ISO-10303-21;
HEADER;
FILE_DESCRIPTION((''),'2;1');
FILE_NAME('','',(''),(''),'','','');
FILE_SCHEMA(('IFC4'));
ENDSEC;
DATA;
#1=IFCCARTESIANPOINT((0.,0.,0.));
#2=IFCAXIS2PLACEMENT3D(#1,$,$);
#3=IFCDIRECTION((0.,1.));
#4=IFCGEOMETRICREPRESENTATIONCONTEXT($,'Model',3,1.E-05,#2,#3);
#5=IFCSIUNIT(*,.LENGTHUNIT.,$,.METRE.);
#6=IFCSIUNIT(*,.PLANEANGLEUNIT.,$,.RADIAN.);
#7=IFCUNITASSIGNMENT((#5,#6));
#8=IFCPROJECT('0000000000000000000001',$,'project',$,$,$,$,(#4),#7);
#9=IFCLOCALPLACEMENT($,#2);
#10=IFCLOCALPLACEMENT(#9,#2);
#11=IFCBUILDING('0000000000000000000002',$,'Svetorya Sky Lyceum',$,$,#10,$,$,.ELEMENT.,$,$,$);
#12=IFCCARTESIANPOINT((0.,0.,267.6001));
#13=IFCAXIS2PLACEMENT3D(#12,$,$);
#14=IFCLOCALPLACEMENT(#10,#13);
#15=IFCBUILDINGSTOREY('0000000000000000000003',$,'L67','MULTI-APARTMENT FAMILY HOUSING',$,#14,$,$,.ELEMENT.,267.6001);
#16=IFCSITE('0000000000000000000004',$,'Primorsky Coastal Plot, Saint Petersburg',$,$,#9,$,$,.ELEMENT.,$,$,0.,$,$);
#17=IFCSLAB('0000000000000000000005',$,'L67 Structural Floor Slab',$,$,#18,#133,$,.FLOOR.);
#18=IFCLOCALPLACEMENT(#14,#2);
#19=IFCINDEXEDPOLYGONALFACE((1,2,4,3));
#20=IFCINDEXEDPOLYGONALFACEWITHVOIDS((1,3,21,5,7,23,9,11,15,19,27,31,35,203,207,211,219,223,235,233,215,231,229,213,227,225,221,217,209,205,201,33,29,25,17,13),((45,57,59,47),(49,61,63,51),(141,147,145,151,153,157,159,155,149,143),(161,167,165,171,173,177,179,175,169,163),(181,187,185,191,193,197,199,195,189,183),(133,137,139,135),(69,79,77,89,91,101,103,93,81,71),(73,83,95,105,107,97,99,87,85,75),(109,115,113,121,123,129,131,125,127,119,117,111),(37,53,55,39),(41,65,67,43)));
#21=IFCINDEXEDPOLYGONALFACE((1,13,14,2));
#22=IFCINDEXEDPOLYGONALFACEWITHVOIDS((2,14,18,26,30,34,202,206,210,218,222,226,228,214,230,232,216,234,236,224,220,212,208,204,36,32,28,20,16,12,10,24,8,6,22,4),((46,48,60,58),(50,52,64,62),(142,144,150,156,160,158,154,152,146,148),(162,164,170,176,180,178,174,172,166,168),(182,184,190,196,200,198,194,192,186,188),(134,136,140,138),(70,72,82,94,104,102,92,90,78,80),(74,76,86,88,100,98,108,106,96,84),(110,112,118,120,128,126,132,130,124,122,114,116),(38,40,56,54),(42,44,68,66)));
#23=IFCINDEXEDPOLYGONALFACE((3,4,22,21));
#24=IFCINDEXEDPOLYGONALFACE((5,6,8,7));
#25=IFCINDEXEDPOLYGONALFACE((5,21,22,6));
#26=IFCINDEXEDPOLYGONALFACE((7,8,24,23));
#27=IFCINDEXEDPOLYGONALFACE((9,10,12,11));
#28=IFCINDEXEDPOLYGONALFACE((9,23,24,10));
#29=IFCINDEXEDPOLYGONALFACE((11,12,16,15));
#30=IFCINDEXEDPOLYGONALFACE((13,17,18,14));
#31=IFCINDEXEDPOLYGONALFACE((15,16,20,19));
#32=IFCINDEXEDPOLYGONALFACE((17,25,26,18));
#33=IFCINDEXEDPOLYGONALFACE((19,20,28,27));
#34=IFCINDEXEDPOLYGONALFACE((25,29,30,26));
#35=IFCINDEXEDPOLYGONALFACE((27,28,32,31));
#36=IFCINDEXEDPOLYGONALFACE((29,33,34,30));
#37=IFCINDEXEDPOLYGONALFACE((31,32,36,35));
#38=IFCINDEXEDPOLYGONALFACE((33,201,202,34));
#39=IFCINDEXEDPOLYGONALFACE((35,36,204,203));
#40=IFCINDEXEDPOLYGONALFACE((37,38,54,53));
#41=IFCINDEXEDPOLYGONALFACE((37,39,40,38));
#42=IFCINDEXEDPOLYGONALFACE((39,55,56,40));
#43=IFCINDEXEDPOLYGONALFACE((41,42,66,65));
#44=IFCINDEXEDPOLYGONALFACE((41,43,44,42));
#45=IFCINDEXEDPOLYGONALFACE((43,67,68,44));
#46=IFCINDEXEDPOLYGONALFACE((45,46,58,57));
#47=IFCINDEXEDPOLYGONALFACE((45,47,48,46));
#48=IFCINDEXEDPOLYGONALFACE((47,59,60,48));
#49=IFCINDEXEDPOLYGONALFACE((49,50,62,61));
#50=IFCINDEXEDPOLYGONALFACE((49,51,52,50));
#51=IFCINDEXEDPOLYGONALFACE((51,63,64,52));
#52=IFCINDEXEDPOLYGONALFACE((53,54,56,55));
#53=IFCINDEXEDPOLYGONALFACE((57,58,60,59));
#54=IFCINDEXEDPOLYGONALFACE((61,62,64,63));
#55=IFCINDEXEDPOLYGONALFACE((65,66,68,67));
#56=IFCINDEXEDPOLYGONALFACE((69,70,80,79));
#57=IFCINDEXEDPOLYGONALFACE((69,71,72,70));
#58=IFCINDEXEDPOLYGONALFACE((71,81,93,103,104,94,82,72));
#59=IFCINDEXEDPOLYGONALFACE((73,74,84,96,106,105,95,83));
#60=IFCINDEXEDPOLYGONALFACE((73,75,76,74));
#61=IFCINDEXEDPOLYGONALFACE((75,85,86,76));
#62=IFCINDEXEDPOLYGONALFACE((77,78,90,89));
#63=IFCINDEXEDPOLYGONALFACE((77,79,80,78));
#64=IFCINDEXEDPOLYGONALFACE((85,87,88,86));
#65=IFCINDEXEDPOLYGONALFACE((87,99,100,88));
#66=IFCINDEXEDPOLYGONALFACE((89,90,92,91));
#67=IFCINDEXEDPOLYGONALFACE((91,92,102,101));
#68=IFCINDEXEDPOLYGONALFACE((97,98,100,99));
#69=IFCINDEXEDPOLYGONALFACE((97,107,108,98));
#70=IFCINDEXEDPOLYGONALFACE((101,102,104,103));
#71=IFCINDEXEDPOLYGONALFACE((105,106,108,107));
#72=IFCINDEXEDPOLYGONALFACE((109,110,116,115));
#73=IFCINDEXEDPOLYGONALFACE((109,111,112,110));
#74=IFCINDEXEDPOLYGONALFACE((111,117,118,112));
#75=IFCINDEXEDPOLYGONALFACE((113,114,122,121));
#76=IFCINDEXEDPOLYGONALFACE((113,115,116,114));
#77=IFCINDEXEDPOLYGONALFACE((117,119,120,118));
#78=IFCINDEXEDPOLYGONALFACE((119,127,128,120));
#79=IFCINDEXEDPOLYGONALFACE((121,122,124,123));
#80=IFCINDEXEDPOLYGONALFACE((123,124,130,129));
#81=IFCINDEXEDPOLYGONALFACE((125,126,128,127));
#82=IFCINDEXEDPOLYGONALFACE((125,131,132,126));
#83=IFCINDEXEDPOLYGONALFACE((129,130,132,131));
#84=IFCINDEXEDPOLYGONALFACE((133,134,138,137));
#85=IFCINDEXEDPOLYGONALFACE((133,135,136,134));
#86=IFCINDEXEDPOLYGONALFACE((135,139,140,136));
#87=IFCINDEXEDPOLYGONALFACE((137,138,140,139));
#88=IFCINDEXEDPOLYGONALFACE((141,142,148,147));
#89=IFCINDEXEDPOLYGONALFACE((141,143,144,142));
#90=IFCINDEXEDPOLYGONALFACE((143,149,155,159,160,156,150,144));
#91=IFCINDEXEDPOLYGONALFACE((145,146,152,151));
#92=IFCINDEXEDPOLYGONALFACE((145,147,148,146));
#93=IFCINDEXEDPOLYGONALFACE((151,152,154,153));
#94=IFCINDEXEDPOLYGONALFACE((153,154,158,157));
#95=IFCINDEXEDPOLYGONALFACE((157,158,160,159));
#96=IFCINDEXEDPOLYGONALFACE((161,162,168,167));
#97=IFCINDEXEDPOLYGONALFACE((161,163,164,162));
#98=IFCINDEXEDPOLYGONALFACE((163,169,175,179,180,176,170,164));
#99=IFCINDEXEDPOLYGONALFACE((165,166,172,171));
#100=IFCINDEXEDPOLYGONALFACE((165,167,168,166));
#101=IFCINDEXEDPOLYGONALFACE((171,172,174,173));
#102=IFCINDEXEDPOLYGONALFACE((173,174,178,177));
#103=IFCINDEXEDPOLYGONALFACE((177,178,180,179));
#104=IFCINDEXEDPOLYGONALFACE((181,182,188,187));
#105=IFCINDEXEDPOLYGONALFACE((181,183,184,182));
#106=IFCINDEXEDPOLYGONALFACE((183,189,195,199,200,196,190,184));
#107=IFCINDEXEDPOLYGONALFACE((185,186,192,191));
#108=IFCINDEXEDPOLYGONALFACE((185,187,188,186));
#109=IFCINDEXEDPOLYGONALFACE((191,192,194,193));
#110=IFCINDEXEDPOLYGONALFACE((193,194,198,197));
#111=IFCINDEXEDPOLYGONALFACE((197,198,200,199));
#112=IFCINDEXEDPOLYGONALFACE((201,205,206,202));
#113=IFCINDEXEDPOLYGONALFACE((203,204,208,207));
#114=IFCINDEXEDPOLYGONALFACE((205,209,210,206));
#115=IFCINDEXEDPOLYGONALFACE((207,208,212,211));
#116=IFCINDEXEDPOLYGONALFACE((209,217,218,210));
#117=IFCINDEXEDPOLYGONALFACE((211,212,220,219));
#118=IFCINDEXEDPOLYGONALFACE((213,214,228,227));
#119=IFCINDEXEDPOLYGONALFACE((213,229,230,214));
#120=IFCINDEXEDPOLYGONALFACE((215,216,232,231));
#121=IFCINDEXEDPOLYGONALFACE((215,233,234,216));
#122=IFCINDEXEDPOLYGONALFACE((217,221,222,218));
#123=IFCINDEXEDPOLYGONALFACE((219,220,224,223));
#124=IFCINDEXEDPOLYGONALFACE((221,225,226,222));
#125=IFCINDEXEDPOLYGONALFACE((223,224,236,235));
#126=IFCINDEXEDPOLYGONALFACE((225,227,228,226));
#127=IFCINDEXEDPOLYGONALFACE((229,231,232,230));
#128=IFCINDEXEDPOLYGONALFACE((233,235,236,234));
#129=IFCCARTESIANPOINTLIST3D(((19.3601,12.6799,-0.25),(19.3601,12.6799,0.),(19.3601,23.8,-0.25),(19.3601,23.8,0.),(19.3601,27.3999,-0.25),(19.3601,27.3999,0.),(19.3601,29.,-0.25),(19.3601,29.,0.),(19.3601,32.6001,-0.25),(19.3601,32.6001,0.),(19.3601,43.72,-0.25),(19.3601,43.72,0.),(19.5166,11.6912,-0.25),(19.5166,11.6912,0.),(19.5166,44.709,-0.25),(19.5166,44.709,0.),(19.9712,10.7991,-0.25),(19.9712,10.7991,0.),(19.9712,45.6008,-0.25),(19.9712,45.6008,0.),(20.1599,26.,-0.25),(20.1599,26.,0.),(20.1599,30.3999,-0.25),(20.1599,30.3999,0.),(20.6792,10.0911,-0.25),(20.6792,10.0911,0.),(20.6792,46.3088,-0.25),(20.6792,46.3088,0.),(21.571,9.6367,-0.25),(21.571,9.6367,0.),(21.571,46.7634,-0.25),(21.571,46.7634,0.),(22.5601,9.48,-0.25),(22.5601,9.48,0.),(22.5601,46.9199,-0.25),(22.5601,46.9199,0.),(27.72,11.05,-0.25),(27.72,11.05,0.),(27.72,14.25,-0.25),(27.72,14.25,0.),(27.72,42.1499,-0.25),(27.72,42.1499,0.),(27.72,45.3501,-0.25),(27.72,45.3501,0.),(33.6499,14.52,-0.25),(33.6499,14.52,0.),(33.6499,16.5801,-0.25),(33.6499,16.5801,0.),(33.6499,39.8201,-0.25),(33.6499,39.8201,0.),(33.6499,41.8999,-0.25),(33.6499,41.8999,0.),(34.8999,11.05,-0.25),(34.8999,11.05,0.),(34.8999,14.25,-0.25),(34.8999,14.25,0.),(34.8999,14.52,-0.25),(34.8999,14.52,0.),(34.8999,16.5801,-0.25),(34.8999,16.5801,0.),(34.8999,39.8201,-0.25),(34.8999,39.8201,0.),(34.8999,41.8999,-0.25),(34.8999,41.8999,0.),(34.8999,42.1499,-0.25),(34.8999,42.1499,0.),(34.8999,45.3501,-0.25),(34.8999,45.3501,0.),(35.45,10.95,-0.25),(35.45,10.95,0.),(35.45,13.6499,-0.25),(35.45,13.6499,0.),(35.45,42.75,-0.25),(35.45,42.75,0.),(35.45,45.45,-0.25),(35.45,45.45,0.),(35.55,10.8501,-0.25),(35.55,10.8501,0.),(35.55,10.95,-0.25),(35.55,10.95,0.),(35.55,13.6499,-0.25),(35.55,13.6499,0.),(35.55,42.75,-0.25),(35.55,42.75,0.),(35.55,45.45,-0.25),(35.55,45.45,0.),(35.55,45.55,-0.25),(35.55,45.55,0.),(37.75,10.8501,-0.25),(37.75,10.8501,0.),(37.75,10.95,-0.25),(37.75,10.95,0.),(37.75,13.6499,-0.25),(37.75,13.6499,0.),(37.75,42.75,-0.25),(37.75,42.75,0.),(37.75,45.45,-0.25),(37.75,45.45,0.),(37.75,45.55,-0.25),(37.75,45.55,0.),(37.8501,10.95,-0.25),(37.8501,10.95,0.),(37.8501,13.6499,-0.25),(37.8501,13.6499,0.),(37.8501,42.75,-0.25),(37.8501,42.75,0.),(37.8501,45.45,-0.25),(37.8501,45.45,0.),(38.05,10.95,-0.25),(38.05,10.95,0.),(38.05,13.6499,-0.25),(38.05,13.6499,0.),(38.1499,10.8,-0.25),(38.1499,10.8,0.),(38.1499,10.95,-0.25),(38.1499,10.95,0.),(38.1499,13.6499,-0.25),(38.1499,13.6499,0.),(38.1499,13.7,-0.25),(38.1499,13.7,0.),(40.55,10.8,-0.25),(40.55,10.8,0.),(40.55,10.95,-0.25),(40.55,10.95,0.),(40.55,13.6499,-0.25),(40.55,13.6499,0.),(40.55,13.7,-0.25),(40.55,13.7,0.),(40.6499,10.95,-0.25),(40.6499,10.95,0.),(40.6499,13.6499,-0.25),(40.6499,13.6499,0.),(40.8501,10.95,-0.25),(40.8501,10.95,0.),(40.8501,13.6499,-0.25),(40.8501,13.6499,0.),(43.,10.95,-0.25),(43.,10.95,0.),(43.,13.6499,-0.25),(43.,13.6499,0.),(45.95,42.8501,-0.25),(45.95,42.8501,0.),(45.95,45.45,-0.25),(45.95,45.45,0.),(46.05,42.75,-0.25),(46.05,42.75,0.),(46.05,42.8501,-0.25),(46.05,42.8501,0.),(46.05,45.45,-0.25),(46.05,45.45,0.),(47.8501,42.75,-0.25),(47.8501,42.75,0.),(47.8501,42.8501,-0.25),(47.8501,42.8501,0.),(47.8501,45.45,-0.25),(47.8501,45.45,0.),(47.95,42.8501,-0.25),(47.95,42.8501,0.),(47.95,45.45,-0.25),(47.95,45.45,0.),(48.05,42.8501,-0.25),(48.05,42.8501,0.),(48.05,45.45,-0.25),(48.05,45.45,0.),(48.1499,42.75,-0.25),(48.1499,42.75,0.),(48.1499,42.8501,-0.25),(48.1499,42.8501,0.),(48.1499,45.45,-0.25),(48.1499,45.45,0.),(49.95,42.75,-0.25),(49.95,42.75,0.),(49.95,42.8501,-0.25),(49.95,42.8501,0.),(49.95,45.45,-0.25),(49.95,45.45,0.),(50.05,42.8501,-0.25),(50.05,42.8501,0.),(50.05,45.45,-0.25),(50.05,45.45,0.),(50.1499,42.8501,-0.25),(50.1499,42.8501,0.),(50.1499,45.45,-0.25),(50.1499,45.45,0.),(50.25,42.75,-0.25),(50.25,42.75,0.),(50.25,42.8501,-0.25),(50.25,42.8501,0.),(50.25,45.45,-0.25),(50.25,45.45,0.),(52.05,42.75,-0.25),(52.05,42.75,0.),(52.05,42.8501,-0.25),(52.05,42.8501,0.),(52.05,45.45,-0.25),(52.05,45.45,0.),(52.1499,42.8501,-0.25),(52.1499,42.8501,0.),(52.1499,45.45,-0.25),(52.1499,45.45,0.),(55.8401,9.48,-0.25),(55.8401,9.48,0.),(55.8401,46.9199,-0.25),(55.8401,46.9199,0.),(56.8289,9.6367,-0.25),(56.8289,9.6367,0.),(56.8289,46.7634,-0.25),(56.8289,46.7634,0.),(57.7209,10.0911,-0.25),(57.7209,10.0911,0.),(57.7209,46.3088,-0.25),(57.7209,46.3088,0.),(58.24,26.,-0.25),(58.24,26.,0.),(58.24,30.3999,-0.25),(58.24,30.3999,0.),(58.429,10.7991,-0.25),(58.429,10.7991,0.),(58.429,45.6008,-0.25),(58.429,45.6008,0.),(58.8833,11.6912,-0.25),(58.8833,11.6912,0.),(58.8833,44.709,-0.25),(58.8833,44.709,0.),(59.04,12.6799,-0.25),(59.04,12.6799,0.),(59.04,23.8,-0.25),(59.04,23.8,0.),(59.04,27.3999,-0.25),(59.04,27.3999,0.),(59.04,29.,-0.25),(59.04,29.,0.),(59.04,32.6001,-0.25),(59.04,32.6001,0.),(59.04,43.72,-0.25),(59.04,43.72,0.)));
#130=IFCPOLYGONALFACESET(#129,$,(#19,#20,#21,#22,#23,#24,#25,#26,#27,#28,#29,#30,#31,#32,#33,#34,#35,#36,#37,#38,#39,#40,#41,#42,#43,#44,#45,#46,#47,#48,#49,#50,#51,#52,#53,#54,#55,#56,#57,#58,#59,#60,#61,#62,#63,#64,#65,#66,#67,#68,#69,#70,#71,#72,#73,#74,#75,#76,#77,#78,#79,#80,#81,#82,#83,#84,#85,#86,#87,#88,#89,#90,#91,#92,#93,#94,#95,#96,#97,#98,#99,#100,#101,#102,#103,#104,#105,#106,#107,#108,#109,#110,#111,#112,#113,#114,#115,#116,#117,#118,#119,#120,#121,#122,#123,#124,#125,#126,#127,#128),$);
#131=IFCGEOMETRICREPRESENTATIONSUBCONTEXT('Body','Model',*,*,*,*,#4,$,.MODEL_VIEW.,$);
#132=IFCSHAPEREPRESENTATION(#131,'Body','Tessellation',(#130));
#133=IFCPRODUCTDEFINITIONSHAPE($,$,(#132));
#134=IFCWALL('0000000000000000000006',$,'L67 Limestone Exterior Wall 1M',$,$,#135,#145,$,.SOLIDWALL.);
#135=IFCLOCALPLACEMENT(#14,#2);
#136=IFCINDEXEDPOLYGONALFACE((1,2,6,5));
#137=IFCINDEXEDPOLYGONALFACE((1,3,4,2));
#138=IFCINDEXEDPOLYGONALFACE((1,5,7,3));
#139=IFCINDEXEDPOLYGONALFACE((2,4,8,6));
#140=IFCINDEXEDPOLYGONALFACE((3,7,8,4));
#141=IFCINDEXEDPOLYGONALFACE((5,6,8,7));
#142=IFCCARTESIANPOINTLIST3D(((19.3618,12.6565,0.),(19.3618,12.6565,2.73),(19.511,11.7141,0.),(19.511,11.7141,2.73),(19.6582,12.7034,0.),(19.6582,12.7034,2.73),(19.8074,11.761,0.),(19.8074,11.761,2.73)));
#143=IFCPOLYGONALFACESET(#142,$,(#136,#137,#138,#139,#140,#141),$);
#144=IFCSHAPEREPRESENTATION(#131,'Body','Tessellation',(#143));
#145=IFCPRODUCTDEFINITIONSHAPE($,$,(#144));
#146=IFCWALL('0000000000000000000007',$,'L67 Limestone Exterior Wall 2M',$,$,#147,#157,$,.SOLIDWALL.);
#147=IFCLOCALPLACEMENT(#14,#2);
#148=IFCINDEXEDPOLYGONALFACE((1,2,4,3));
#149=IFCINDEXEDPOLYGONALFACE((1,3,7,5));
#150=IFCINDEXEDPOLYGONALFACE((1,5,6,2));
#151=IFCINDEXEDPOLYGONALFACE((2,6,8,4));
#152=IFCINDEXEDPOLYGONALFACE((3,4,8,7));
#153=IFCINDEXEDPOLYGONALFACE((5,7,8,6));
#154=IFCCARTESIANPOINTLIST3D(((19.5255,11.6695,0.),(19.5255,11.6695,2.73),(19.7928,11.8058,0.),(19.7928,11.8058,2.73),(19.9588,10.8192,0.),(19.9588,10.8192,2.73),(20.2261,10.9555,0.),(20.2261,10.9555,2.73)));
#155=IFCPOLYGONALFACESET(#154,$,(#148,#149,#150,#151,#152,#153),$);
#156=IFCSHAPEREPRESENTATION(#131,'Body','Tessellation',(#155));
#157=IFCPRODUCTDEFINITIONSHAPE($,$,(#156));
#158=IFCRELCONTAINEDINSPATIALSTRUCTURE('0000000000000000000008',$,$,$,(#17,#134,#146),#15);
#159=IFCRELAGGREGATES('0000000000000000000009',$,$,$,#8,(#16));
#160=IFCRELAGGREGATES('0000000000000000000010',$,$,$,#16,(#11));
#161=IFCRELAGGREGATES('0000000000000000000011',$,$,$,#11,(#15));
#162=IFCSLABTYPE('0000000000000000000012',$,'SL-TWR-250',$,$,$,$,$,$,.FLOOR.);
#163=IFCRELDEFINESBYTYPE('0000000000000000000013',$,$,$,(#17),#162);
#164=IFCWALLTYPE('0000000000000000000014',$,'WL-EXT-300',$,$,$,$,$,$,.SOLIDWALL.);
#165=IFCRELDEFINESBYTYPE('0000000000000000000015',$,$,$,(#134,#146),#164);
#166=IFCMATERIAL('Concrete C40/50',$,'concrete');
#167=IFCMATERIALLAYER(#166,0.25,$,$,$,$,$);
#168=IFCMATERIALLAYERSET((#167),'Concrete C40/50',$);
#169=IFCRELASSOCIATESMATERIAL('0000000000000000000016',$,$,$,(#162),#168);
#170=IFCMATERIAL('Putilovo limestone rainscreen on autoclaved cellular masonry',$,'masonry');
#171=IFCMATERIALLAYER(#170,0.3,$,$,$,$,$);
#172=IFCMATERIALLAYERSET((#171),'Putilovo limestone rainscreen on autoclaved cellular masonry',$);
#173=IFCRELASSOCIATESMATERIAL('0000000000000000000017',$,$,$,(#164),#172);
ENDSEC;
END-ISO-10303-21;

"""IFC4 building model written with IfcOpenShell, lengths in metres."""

from ifc_helpers import new_model, si_unit, direction, frame, frame_2d, origin, place, context, subcontext, project, spatial, polyline, rectangle, outline, extrude, material, layer, layer_set, type_object, element, save


model = new_model("IFC4")

# Units and contexts
model_context = context("Model", 3, precision=1e-05, world=origin(), true_north=direction((0.0, 1.0)))
body_context = subcontext(model_context, "Body", "Model", "MODEL_VIEW")
ifc_project = project(units=[si_unit("LENGTHUNIT", "METRE"), si_unit("PLANEANGLEUNIT", "RADIAN")], contexts=[model_context])

# Site, building, storey
site_placement = place(None, origin())
site = spatial("IfcSite", under=ifc_project, at=site_placement, Name="Primorsky Coastal Plot, Saint Petersburg", CompositionType="ELEMENT", RefElevation=0.0)
building_placement = place(site_placement, origin())
building = spatial("IfcBuilding", under=site, at=building_placement, Name="Svetorya Sky Lyceum", CompositionType="ELEMENT")
storey_placement = place(building_placement, frame((0.0, 0.0, 267.6001)))
storey = spatial("IfcBuildingStorey", under=building, at=storey_placement, Name="L67", Description="MULTI-APARTMENT FAMILY HOUSING", CompositionType="ELEMENT", Elevation=267.6001)

# Shared definitions
ifc_material_1 = material(Name="Concrete C40/50", Category="concrete")

# Slab
ifc_layer_1 = layer(ifc_material_1, 0.25)
ifc_layer_set_1 = layer_set([ifc_layer_1], Name="Concrete C40/50")
slab_type_1 = type_object("IfcSlabType", Name="SL-TWR-250", PredefinedType="FLOOR", material=ifc_layer_set_1)
slab_1_placement = place(storey_placement, frame((0.0, 0.0, -0.25)))
element("IfcSlab", 1, at=slab_1_placement, inside=storey, type_object=slab_type_1, Name="L67 Structural Floor Slab", PredefinedType="FLOOR", context=body_context, shape_type="SweptSolid", body=[
    extrude(outline(polyline([(19.3601, 12.6799), (19.5166, 11.6912), (19.9712, 10.7991), (20.6792, 10.0911), (21.571, 9.6367), (22.5601, 9.48), (55.8401, 9.48), (56.8289, 9.6367), (57.7209, 10.0911), (58.429, 10.7991), (58.8833, 11.6912), (59.04, 12.6799), (59.04, 23.8), (58.24, 26.0), (59.04, 27.3999), (59.04, 29.0), (58.24, 30.3999), (59.04, 32.6001), (59.04, 43.72), (58.8833, 44.709), (58.429, 45.6008), (57.7209, 46.3088), (56.8289, 46.7634), (55.8401, 46.9199), (22.5601, 46.9199), (21.571, 46.7634), (20.6792, 46.3088), (19.9712, 45.6008), (19.5166, 44.709), (19.3601, 43.72), (19.3601, 32.6001), (20.1599, 30.3999), (19.3601, 29.0), (19.3601, 27.3999), (20.1599, 26.0), (19.3601, 23.8), (19.3601, 12.6799)]), holes=[polyline([(37.8501, 10.95), (37.75, 10.95), (37.75, 10.8501), (35.55, 10.8501), (35.55, 10.95), (35.45, 10.95), (35.45, 13.6499), (35.55, 13.6499), (37.75, 13.6499), (37.8501, 13.6499), (37.8501, 10.95)]), polyline([(38.1499, 10.8), (38.1499, 10.95), (38.05, 10.95), (38.05, 13.6499), (38.1499, 13.6499), (38.1499, 13.7), (40.55, 13.7), (40.55, 13.6499), (40.6499, 13.6499), (40.6499, 10.95), (40.55, 10.95), (40.55, 10.8), (38.1499, 10.8)]), polyline([(27.72, 11.05), (27.72, 14.25), (34.8999, 14.25), (34.8999, 11.05), (27.72, 11.05)]), polyline([(33.6499, 14.52), (33.6499, 16.5801), (34.8999, 16.5801), (34.8999, 14.52), (33.6499, 14.52)]), polyline([(33.6499, 39.8201), (33.6499, 41.8999), (34.8999, 41.8999), (34.8999, 39.8201), (33.6499, 39.8201)]), polyline([(27.72, 42.1499), (27.72, 45.3501), (34.8999, 45.3501), (34.8999, 42.1499), (27.72, 42.1499)]), polyline([(37.75, 42.75), (35.55, 42.75), (35.45, 42.75), (35.45, 45.45), (35.55, 45.45), (35.55, 45.55), (37.75, 45.55), (37.75, 45.45), (37.8501, 45.45), (37.8501, 42.75), (37.75, 42.75)]), polyline([(40.8501, 10.95), (40.8501, 13.6499), (43.0, 13.6499), (43.0, 10.95), (40.8501, 10.95)]), polyline([(46.05, 42.75), (46.05, 42.8501), (45.95, 42.8501), (45.95, 45.45), (46.05, 45.45), (47.8501, 45.45), (47.95, 45.45), (47.95, 42.8501), (47.8501, 42.8501), (47.8501, 42.75), (46.05, 42.75)]), polyline([(50.05, 42.8501), (49.95, 42.8501), (49.95, 42.75), (48.1499, 42.75), (48.1499, 42.8501), (48.05, 42.8501), (48.05, 45.45), (48.1499, 45.45), (49.95, 45.45), (50.05, 45.45), (50.05, 42.8501)]), polyline([(52.1499, 42.8501), (52.05, 42.8501), (52.05, 42.75), (50.25, 42.75), (50.25, 42.8501), (50.1499, 42.8501), (50.1499, 45.45), (50.25, 45.45), (52.05, 45.45), (52.1499, 45.45), (52.1499, 42.8501)])]), origin(), (0.0, 0.0, 1.0), 0.25),
])

# Walls
ifc_material_2 = material(Name="Putilovo limestone rainscreen on autoclaved cellular masonry", Category="masonry")
ifc_layer_2 = layer(ifc_material_2, 0.3)
ifc_layer_set_2 = layer_set([ifc_layer_2], Name="Putilovo limestone rainscreen on autoclaved cellular masonry")
wall_type_1 = type_object("IfcWallType", Name="WL-EXT-300", PredefinedType="SOLIDWALL", material=ifc_layer_set_2)
wall_1_placement = place(storey_placement, frame((19.51, 12.6799, 0.0), z_axis=(0.0, 0.0, 1.0), x_axis=(0.156344, -0.987703, 0.0)))
element("IfcWall", 2, at=wall_1_placement, inside=storey, type_object=wall_type_1, Name="L67 Limestone Exterior Wall 1M", PredefinedType="SOLIDWALL", context=body_context, shape_type="SweptSolid", body=[
    extrude(rectangle(XDim=0.9541, YDim=0.3, at=frame_2d((0.4771, 0.0))), origin(), (0.0, 0.0, 1.0), 2.73),
])
wall_2_placement = place(storey_placement, frame((19.6592, 11.7375, 0.0), z_axis=(0.0, 0.0, 1.0), x_axis=(0.454056, -0.890973, 0.0)))
element("IfcWall", 3, at=wall_2_placement, inside=storey, type_object=wall_type_1, Name="L67 Limestone Exterior Wall 2M", PredefinedType="SOLIDWALL", context=body_context, shape_type="SweptSolid", body=[
    extrude(rectangle(XDim=0.9543, YDim=0.3, at=frame_2d((0.4771, 0.0))), origin(), (0.0, 0.0, 1.0), 2.73),
])

save(model, "model.ifc")
